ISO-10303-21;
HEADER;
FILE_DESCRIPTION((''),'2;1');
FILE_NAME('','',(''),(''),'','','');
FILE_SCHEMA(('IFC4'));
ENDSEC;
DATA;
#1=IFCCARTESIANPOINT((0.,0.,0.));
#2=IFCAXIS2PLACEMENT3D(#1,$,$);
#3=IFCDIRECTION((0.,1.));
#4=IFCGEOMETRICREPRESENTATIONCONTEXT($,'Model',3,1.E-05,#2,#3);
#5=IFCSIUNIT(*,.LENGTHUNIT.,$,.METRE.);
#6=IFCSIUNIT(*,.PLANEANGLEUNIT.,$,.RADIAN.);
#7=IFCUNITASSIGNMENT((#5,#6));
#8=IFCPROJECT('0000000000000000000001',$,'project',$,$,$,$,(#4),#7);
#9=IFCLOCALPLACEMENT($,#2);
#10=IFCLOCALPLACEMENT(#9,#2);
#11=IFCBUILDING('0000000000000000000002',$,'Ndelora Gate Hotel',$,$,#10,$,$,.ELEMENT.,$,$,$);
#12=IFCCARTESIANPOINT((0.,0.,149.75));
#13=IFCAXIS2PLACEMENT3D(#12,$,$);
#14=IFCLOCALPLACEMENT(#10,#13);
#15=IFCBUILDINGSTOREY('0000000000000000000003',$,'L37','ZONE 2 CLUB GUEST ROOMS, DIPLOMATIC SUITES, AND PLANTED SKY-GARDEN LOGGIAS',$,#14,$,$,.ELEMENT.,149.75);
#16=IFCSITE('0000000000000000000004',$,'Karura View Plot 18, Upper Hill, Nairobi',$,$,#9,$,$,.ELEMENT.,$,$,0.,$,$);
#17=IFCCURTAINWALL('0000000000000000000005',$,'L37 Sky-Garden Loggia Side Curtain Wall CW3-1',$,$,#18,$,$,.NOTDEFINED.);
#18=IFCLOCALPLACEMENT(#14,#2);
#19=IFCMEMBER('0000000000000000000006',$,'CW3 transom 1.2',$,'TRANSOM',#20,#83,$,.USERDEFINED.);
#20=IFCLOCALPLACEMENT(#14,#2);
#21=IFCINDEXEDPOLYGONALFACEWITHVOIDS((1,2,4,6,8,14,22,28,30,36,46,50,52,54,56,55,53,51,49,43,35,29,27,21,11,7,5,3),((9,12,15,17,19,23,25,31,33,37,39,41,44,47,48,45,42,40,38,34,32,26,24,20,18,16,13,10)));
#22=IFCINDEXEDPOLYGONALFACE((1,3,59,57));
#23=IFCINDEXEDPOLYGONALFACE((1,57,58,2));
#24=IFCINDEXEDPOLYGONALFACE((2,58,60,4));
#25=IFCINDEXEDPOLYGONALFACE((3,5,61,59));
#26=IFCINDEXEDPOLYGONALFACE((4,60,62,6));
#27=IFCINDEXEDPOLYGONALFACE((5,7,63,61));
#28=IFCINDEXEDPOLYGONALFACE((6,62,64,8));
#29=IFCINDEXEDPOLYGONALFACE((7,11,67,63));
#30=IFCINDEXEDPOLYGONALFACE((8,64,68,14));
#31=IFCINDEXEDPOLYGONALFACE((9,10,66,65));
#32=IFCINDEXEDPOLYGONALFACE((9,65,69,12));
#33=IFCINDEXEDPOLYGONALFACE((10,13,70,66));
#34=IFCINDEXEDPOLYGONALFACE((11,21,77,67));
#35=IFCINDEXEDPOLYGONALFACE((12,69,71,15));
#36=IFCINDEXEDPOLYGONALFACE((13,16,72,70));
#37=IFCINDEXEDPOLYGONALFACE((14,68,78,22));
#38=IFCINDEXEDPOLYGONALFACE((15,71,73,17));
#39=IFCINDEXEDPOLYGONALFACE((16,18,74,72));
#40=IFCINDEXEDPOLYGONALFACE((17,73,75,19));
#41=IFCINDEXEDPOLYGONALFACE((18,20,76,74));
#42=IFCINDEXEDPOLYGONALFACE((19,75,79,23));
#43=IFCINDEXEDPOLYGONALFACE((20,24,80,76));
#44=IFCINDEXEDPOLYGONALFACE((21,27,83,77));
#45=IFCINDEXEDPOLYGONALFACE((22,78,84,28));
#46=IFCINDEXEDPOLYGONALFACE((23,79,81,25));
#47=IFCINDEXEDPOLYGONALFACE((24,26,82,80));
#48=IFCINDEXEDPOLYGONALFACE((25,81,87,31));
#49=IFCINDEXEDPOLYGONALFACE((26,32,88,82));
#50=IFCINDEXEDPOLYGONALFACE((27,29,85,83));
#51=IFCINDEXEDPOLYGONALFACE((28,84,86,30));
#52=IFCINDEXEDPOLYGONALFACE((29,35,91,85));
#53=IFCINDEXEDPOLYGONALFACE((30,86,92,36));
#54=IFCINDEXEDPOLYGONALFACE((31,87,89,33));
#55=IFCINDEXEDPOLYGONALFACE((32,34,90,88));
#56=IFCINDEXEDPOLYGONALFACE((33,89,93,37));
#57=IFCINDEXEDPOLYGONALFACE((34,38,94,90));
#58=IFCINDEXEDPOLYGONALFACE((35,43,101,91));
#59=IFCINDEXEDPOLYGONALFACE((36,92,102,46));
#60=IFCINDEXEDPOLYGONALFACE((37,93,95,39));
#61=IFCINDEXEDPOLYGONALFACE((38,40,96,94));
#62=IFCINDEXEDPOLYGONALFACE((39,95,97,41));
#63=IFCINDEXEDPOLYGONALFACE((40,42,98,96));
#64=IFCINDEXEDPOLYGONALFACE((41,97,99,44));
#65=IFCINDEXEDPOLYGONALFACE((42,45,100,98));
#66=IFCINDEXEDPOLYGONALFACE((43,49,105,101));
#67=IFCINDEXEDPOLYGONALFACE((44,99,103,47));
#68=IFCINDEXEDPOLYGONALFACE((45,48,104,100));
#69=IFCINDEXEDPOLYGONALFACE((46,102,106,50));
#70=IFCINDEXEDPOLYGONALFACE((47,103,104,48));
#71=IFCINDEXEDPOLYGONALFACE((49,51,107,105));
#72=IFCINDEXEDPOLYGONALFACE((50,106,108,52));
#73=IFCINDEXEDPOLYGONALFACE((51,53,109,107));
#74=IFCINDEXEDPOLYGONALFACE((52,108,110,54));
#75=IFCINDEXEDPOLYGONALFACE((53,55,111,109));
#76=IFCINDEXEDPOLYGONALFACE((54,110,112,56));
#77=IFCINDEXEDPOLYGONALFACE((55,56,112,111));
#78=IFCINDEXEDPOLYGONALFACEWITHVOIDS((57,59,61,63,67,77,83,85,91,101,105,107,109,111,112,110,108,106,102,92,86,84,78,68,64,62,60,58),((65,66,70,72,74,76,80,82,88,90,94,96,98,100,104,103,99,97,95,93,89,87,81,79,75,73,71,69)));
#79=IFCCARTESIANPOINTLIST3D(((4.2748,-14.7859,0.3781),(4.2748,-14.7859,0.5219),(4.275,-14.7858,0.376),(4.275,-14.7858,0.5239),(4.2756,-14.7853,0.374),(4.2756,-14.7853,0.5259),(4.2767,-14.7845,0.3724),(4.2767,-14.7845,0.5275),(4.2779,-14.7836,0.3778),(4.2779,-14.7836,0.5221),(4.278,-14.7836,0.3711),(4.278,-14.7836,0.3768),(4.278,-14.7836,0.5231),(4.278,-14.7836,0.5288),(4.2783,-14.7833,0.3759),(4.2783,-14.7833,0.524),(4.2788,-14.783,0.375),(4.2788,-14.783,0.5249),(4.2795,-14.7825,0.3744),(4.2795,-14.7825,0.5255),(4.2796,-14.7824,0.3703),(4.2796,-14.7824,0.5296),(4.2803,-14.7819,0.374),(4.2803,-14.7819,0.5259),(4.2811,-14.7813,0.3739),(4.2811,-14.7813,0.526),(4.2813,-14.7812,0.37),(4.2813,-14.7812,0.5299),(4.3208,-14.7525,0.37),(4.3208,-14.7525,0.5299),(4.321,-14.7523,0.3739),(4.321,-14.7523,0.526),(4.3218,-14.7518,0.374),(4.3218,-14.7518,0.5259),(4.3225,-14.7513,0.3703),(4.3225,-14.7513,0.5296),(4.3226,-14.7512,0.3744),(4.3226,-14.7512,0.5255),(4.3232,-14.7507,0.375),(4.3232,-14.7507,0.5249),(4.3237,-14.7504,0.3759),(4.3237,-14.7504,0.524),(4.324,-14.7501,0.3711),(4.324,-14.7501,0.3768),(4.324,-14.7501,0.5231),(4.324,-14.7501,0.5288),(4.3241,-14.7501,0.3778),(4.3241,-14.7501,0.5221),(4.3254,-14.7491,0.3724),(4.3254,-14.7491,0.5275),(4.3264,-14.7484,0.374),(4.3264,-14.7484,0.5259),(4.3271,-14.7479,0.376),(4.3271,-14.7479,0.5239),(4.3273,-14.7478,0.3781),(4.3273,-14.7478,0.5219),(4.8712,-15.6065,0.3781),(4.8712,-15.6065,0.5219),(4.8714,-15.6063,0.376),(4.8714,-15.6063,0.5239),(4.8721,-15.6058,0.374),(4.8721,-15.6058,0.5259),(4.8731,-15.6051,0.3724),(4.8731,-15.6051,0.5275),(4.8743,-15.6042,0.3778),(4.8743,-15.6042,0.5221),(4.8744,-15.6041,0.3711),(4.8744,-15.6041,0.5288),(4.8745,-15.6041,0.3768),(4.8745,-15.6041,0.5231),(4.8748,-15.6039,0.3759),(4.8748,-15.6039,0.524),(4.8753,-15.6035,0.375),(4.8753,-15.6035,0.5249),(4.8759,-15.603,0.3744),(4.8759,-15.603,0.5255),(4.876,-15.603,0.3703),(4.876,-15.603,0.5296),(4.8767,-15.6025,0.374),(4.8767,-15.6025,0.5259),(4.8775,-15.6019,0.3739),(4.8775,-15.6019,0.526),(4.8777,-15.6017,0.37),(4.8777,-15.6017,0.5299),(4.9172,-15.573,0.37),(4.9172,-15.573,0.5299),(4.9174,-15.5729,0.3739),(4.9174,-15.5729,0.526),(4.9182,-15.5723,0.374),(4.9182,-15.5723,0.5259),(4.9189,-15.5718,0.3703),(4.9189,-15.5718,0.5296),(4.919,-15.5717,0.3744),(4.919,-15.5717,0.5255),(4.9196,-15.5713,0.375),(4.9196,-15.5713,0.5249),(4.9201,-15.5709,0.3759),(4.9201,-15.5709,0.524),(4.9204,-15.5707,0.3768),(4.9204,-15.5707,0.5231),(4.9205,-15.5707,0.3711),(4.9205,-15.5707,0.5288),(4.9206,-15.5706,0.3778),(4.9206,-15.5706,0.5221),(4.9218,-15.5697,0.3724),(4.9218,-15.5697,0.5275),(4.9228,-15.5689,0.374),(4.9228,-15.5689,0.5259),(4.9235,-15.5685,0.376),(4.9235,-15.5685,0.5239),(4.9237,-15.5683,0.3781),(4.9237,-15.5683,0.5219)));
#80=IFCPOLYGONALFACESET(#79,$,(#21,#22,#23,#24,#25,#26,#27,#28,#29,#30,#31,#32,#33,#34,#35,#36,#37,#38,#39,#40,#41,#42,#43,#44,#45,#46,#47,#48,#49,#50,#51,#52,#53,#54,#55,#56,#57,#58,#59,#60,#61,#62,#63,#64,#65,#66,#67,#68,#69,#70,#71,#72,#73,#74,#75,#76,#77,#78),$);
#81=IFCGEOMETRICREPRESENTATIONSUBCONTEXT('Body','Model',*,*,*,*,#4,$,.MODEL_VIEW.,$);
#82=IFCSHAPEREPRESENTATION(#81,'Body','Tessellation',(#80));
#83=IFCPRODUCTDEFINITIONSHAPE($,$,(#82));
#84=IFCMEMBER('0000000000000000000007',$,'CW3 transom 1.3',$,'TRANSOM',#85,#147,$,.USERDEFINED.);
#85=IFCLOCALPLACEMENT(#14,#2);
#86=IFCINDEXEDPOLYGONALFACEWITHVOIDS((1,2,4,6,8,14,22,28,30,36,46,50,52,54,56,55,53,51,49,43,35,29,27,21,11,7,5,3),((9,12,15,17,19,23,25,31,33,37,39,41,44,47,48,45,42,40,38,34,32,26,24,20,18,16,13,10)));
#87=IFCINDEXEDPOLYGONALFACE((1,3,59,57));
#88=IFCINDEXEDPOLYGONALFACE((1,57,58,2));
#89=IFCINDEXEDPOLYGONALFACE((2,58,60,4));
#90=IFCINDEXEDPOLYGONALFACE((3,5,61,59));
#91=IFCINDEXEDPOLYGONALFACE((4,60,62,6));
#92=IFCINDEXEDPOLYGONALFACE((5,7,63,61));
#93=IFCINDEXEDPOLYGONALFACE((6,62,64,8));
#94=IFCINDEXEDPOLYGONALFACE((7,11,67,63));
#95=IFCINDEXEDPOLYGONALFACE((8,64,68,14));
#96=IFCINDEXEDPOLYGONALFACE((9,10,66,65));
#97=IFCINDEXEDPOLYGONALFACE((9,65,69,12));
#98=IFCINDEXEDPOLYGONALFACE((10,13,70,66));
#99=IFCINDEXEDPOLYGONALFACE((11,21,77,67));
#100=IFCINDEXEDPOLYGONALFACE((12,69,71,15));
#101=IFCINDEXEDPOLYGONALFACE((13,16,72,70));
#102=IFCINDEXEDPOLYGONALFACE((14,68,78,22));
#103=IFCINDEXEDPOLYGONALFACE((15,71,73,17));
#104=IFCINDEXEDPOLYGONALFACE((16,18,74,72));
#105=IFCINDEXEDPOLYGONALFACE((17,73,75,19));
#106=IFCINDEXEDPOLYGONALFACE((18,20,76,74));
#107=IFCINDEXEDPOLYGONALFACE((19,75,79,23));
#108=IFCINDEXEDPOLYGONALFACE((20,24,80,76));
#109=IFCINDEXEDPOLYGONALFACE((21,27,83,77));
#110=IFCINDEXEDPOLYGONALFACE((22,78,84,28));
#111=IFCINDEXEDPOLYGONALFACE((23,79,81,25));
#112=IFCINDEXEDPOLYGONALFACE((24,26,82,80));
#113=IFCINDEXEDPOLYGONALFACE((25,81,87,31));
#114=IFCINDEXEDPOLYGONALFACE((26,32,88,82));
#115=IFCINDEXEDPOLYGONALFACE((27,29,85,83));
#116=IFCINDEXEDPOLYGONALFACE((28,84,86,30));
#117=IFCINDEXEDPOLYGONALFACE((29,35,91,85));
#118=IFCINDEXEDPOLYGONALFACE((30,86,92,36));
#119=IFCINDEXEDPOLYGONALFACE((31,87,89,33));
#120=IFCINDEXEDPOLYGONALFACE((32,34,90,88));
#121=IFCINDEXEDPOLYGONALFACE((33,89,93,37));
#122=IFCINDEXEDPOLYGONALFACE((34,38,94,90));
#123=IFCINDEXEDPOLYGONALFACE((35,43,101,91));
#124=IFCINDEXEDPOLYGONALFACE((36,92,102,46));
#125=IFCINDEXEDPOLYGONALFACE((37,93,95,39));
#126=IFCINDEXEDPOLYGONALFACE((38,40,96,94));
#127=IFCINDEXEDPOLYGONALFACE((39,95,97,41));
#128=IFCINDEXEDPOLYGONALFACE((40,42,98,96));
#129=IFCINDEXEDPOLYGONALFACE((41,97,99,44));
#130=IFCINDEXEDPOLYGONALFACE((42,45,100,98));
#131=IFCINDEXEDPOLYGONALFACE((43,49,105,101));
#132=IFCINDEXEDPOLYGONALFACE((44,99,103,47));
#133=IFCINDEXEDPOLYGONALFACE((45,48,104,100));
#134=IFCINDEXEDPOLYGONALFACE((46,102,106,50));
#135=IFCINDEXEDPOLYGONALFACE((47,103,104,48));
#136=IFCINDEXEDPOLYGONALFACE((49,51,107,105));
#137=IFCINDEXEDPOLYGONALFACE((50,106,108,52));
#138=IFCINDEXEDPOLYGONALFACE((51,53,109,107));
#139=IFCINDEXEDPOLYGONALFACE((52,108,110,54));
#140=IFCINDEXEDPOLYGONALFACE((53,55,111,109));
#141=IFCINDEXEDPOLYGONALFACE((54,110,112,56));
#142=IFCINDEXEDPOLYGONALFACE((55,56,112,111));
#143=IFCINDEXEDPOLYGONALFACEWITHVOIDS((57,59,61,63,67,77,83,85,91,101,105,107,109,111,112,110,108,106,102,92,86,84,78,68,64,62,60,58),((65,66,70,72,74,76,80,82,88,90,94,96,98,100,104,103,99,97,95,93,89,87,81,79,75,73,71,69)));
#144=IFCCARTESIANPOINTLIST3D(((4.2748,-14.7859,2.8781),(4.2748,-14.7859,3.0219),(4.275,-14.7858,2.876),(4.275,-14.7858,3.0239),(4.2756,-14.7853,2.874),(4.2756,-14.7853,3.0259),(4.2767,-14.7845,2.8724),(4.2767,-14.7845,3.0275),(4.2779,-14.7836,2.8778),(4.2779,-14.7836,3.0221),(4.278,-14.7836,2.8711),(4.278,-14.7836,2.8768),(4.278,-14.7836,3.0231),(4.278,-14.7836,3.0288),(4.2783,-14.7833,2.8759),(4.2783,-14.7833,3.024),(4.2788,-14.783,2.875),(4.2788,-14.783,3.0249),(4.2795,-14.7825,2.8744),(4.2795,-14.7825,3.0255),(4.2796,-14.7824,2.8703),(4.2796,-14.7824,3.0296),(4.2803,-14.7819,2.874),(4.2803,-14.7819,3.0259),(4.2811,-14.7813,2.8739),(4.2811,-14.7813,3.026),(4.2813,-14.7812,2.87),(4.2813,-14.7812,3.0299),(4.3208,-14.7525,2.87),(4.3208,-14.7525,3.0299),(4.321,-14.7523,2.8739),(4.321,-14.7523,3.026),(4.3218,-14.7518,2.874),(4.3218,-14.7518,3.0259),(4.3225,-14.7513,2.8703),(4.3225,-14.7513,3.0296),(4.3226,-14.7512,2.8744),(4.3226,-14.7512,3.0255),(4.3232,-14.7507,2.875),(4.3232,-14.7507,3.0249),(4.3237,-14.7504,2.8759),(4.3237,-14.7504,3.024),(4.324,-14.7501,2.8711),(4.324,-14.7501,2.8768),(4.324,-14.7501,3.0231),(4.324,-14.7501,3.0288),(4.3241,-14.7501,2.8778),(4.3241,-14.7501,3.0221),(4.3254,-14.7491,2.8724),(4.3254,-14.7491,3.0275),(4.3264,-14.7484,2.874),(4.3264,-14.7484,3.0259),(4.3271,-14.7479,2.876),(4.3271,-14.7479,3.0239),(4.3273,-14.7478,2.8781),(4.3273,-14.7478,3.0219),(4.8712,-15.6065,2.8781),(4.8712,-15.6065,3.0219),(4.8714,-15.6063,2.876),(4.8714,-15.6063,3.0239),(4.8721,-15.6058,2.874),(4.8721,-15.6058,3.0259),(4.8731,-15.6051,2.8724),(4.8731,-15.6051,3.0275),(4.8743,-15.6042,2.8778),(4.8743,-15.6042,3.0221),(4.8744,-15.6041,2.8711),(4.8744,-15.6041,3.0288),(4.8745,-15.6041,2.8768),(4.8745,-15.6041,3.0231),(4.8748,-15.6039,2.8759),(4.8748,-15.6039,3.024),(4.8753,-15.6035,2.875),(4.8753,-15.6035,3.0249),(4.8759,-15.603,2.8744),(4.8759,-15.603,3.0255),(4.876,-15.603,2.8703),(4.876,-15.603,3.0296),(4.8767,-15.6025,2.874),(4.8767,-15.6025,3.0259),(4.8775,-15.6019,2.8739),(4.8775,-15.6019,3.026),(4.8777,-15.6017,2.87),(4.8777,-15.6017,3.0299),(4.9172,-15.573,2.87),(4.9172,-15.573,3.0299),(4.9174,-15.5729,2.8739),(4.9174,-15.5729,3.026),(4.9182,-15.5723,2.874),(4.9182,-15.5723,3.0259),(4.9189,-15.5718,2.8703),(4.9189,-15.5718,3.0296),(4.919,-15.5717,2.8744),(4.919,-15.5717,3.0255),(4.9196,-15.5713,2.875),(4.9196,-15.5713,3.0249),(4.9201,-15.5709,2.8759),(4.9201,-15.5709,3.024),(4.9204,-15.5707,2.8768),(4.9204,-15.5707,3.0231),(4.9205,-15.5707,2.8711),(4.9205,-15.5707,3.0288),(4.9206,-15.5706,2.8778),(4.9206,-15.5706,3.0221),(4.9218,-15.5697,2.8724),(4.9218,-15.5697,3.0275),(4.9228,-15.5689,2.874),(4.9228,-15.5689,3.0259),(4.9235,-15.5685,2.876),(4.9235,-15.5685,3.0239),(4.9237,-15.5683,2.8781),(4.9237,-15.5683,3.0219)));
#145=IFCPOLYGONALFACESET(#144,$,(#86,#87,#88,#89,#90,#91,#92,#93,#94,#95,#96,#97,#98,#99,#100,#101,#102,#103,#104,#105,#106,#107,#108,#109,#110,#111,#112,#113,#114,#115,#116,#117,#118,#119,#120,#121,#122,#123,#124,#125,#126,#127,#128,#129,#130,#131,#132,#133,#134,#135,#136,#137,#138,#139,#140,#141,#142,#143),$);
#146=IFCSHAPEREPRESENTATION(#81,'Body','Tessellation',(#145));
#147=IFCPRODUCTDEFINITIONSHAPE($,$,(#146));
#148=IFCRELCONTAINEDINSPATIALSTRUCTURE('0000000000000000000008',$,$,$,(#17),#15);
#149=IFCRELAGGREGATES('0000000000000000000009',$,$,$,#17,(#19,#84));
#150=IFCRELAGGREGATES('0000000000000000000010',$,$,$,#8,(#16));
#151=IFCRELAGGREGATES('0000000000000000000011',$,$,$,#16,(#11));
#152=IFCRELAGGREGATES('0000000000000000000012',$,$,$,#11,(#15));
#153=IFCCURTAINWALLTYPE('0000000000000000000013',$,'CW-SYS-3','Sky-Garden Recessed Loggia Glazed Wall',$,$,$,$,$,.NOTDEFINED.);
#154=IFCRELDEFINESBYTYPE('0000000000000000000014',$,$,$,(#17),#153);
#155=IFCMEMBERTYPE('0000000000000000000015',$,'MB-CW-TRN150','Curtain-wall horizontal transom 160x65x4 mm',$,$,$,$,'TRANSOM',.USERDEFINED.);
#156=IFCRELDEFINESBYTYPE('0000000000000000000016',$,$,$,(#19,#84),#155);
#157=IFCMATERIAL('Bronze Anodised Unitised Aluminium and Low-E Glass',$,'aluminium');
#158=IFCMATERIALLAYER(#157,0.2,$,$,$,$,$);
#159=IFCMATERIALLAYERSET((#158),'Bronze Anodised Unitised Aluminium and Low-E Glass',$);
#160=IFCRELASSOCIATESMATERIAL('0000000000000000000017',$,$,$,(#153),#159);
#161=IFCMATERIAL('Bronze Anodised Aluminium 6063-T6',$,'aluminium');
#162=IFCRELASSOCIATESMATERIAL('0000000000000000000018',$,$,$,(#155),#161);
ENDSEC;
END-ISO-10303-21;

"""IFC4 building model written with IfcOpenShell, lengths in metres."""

from ifc_helpers import new_model, si_unit, direction, frame, origin, origin_2d, place, context, subcontext, project, spatial, hollow_rectangle, extrude, material, layer, layer_set, material_profile, profile_set, type_object, element, aggregate, save


model = new_model("IFC4")

# Units and contexts
model_context = context("Model", 3, precision=1e-05, world=origin(), true_north=direction((0.0, 1.0)))
body_context = subcontext(model_context, "Body", "Model", "MODEL_VIEW")
ifc_project = project(units=[si_unit("LENGTHUNIT", "METRE"), si_unit("PLANEANGLEUNIT", "RADIAN")], contexts=[model_context])

# Site, building, storey
site_placement = place(None, origin())
site = spatial("IfcSite", under=ifc_project, at=site_placement, Name="Karura View Plot 18, Upper Hill, Nairobi", CompositionType="ELEMENT", RefElevation=0.0)
building_placement = place(site_placement, origin())
building = spatial("IfcBuilding", under=site, at=building_placement, Name="Ndelora Gate Hotel", CompositionType="ELEMENT")
storey_placement = place(building_placement, frame((0.0, 0.0, 149.75)))
storey = spatial("IfcBuildingStorey", under=building, at=storey_placement, Name="L37", Description="ZONE 2 CLUB GUEST ROOMS, DIPLOMATIC SUITES, AND PLANTED SKY-GARDEN LOGGIAS", CompositionType="ELEMENT", Elevation=149.75)

# Curtain wall, members
ifc_material_1 = material(Name="Bronze Anodised Unitised Aluminium and Low-E Glass", Category="aluminium")
ifc_layer_1 = layer(ifc_material_1, 0.2)
ifc_layer_set_1 = layer_set([ifc_layer_1], Name="Bronze Anodised Unitised Aluminium and Low-E Glass")
curtain_wall_type = type_object("IfcCurtainWallType", Name="CW-SYS-3", Description="Sky-Garden Recessed Loggia Glazed Wall", PredefinedType="NOTDEFINED", material=ifc_layer_set_1)
curtain_wall_placement = place(storey_placement, origin())
curtain_wall = element("IfcCurtainWall", 1, at=curtain_wall_placement, inside=storey, type_object=curtain_wall_type, Name="L37 Sky-Garden Loggia Side Curtain Wall CW3-1", PredefinedType="NOTDEFINED")
ifc_material_2 = material(Name="Bronze Anodised Aluminium 6063-T6", Category="aluminium")
ifc_material_profile_1 = material_profile(ifc_material_2, hollow_rectangle(XDim=0.0649, YDim=0.1599, WallThickness=0.0039, InnerFilletRadius=0.0039, OuterFilletRadius=0.0081, at=origin_2d()), Name="ALU 160x65x4")
ifc_profile_set_1 = profile_set([ifc_material_profile_1], Name="Bronze Anodised Aluminium 6063-T6")
member_type_1 = type_object("IfcMemberType", Name="MB-CW-TRN150", Description="Curtain-wall horizontal transom 160x65x4 mm", ElementType="TRANSOM", PredefinedType="USERDEFINED", material=ifc_profile_set_1)
member_1_placement = place(storey_placement, frame((4.301, -14.7668, 0.45), z_axis=(0.587957, -0.808892, 0.0), x_axis=(0.808892, 0.587957, 0.0)))
member_1 = element("IfcMember", 2, at=member_1_placement, type_object=member_type_1, Name="CW3 transom 1.2", ObjectType="TRANSOM", PredefinedType="USERDEFINED", context=body_context, shape_type="SweptSolid", body=[
    extrude(hollow_rectangle(XDim=0.0649, YDim=0.1599, WallThickness=0.0039, InnerFilletRadius=0.0039, OuterFilletRadius=0.0081, at=origin_2d()), origin(), (0.0, 0.0, 1.0), 1.0144),
])
member_2_placement = place(storey_placement, frame((4.301, -14.7668, 2.95), z_axis=(0.587957, -0.808892, 0.0), x_axis=(0.808892, 0.587957, 0.0)))
member_2 = element("IfcMember", 3, at=member_2_placement, type_object=member_type_1, Name="CW3 transom 1.3", ObjectType="TRANSOM", PredefinedType="USERDEFINED", context=body_context, shape_type="SweptSolid", body=[
    extrude(hollow_rectangle(XDim=0.0649, YDim=0.1599, WallThickness=0.0039, InnerFilletRadius=0.0039, OuterFilletRadius=0.0081, at=origin_2d()), origin(), (0.0, 0.0, 1.0), 1.0144),
])
aggregate(curtain_wall, [member_1, member_2])

save(model, "model.ifc")
